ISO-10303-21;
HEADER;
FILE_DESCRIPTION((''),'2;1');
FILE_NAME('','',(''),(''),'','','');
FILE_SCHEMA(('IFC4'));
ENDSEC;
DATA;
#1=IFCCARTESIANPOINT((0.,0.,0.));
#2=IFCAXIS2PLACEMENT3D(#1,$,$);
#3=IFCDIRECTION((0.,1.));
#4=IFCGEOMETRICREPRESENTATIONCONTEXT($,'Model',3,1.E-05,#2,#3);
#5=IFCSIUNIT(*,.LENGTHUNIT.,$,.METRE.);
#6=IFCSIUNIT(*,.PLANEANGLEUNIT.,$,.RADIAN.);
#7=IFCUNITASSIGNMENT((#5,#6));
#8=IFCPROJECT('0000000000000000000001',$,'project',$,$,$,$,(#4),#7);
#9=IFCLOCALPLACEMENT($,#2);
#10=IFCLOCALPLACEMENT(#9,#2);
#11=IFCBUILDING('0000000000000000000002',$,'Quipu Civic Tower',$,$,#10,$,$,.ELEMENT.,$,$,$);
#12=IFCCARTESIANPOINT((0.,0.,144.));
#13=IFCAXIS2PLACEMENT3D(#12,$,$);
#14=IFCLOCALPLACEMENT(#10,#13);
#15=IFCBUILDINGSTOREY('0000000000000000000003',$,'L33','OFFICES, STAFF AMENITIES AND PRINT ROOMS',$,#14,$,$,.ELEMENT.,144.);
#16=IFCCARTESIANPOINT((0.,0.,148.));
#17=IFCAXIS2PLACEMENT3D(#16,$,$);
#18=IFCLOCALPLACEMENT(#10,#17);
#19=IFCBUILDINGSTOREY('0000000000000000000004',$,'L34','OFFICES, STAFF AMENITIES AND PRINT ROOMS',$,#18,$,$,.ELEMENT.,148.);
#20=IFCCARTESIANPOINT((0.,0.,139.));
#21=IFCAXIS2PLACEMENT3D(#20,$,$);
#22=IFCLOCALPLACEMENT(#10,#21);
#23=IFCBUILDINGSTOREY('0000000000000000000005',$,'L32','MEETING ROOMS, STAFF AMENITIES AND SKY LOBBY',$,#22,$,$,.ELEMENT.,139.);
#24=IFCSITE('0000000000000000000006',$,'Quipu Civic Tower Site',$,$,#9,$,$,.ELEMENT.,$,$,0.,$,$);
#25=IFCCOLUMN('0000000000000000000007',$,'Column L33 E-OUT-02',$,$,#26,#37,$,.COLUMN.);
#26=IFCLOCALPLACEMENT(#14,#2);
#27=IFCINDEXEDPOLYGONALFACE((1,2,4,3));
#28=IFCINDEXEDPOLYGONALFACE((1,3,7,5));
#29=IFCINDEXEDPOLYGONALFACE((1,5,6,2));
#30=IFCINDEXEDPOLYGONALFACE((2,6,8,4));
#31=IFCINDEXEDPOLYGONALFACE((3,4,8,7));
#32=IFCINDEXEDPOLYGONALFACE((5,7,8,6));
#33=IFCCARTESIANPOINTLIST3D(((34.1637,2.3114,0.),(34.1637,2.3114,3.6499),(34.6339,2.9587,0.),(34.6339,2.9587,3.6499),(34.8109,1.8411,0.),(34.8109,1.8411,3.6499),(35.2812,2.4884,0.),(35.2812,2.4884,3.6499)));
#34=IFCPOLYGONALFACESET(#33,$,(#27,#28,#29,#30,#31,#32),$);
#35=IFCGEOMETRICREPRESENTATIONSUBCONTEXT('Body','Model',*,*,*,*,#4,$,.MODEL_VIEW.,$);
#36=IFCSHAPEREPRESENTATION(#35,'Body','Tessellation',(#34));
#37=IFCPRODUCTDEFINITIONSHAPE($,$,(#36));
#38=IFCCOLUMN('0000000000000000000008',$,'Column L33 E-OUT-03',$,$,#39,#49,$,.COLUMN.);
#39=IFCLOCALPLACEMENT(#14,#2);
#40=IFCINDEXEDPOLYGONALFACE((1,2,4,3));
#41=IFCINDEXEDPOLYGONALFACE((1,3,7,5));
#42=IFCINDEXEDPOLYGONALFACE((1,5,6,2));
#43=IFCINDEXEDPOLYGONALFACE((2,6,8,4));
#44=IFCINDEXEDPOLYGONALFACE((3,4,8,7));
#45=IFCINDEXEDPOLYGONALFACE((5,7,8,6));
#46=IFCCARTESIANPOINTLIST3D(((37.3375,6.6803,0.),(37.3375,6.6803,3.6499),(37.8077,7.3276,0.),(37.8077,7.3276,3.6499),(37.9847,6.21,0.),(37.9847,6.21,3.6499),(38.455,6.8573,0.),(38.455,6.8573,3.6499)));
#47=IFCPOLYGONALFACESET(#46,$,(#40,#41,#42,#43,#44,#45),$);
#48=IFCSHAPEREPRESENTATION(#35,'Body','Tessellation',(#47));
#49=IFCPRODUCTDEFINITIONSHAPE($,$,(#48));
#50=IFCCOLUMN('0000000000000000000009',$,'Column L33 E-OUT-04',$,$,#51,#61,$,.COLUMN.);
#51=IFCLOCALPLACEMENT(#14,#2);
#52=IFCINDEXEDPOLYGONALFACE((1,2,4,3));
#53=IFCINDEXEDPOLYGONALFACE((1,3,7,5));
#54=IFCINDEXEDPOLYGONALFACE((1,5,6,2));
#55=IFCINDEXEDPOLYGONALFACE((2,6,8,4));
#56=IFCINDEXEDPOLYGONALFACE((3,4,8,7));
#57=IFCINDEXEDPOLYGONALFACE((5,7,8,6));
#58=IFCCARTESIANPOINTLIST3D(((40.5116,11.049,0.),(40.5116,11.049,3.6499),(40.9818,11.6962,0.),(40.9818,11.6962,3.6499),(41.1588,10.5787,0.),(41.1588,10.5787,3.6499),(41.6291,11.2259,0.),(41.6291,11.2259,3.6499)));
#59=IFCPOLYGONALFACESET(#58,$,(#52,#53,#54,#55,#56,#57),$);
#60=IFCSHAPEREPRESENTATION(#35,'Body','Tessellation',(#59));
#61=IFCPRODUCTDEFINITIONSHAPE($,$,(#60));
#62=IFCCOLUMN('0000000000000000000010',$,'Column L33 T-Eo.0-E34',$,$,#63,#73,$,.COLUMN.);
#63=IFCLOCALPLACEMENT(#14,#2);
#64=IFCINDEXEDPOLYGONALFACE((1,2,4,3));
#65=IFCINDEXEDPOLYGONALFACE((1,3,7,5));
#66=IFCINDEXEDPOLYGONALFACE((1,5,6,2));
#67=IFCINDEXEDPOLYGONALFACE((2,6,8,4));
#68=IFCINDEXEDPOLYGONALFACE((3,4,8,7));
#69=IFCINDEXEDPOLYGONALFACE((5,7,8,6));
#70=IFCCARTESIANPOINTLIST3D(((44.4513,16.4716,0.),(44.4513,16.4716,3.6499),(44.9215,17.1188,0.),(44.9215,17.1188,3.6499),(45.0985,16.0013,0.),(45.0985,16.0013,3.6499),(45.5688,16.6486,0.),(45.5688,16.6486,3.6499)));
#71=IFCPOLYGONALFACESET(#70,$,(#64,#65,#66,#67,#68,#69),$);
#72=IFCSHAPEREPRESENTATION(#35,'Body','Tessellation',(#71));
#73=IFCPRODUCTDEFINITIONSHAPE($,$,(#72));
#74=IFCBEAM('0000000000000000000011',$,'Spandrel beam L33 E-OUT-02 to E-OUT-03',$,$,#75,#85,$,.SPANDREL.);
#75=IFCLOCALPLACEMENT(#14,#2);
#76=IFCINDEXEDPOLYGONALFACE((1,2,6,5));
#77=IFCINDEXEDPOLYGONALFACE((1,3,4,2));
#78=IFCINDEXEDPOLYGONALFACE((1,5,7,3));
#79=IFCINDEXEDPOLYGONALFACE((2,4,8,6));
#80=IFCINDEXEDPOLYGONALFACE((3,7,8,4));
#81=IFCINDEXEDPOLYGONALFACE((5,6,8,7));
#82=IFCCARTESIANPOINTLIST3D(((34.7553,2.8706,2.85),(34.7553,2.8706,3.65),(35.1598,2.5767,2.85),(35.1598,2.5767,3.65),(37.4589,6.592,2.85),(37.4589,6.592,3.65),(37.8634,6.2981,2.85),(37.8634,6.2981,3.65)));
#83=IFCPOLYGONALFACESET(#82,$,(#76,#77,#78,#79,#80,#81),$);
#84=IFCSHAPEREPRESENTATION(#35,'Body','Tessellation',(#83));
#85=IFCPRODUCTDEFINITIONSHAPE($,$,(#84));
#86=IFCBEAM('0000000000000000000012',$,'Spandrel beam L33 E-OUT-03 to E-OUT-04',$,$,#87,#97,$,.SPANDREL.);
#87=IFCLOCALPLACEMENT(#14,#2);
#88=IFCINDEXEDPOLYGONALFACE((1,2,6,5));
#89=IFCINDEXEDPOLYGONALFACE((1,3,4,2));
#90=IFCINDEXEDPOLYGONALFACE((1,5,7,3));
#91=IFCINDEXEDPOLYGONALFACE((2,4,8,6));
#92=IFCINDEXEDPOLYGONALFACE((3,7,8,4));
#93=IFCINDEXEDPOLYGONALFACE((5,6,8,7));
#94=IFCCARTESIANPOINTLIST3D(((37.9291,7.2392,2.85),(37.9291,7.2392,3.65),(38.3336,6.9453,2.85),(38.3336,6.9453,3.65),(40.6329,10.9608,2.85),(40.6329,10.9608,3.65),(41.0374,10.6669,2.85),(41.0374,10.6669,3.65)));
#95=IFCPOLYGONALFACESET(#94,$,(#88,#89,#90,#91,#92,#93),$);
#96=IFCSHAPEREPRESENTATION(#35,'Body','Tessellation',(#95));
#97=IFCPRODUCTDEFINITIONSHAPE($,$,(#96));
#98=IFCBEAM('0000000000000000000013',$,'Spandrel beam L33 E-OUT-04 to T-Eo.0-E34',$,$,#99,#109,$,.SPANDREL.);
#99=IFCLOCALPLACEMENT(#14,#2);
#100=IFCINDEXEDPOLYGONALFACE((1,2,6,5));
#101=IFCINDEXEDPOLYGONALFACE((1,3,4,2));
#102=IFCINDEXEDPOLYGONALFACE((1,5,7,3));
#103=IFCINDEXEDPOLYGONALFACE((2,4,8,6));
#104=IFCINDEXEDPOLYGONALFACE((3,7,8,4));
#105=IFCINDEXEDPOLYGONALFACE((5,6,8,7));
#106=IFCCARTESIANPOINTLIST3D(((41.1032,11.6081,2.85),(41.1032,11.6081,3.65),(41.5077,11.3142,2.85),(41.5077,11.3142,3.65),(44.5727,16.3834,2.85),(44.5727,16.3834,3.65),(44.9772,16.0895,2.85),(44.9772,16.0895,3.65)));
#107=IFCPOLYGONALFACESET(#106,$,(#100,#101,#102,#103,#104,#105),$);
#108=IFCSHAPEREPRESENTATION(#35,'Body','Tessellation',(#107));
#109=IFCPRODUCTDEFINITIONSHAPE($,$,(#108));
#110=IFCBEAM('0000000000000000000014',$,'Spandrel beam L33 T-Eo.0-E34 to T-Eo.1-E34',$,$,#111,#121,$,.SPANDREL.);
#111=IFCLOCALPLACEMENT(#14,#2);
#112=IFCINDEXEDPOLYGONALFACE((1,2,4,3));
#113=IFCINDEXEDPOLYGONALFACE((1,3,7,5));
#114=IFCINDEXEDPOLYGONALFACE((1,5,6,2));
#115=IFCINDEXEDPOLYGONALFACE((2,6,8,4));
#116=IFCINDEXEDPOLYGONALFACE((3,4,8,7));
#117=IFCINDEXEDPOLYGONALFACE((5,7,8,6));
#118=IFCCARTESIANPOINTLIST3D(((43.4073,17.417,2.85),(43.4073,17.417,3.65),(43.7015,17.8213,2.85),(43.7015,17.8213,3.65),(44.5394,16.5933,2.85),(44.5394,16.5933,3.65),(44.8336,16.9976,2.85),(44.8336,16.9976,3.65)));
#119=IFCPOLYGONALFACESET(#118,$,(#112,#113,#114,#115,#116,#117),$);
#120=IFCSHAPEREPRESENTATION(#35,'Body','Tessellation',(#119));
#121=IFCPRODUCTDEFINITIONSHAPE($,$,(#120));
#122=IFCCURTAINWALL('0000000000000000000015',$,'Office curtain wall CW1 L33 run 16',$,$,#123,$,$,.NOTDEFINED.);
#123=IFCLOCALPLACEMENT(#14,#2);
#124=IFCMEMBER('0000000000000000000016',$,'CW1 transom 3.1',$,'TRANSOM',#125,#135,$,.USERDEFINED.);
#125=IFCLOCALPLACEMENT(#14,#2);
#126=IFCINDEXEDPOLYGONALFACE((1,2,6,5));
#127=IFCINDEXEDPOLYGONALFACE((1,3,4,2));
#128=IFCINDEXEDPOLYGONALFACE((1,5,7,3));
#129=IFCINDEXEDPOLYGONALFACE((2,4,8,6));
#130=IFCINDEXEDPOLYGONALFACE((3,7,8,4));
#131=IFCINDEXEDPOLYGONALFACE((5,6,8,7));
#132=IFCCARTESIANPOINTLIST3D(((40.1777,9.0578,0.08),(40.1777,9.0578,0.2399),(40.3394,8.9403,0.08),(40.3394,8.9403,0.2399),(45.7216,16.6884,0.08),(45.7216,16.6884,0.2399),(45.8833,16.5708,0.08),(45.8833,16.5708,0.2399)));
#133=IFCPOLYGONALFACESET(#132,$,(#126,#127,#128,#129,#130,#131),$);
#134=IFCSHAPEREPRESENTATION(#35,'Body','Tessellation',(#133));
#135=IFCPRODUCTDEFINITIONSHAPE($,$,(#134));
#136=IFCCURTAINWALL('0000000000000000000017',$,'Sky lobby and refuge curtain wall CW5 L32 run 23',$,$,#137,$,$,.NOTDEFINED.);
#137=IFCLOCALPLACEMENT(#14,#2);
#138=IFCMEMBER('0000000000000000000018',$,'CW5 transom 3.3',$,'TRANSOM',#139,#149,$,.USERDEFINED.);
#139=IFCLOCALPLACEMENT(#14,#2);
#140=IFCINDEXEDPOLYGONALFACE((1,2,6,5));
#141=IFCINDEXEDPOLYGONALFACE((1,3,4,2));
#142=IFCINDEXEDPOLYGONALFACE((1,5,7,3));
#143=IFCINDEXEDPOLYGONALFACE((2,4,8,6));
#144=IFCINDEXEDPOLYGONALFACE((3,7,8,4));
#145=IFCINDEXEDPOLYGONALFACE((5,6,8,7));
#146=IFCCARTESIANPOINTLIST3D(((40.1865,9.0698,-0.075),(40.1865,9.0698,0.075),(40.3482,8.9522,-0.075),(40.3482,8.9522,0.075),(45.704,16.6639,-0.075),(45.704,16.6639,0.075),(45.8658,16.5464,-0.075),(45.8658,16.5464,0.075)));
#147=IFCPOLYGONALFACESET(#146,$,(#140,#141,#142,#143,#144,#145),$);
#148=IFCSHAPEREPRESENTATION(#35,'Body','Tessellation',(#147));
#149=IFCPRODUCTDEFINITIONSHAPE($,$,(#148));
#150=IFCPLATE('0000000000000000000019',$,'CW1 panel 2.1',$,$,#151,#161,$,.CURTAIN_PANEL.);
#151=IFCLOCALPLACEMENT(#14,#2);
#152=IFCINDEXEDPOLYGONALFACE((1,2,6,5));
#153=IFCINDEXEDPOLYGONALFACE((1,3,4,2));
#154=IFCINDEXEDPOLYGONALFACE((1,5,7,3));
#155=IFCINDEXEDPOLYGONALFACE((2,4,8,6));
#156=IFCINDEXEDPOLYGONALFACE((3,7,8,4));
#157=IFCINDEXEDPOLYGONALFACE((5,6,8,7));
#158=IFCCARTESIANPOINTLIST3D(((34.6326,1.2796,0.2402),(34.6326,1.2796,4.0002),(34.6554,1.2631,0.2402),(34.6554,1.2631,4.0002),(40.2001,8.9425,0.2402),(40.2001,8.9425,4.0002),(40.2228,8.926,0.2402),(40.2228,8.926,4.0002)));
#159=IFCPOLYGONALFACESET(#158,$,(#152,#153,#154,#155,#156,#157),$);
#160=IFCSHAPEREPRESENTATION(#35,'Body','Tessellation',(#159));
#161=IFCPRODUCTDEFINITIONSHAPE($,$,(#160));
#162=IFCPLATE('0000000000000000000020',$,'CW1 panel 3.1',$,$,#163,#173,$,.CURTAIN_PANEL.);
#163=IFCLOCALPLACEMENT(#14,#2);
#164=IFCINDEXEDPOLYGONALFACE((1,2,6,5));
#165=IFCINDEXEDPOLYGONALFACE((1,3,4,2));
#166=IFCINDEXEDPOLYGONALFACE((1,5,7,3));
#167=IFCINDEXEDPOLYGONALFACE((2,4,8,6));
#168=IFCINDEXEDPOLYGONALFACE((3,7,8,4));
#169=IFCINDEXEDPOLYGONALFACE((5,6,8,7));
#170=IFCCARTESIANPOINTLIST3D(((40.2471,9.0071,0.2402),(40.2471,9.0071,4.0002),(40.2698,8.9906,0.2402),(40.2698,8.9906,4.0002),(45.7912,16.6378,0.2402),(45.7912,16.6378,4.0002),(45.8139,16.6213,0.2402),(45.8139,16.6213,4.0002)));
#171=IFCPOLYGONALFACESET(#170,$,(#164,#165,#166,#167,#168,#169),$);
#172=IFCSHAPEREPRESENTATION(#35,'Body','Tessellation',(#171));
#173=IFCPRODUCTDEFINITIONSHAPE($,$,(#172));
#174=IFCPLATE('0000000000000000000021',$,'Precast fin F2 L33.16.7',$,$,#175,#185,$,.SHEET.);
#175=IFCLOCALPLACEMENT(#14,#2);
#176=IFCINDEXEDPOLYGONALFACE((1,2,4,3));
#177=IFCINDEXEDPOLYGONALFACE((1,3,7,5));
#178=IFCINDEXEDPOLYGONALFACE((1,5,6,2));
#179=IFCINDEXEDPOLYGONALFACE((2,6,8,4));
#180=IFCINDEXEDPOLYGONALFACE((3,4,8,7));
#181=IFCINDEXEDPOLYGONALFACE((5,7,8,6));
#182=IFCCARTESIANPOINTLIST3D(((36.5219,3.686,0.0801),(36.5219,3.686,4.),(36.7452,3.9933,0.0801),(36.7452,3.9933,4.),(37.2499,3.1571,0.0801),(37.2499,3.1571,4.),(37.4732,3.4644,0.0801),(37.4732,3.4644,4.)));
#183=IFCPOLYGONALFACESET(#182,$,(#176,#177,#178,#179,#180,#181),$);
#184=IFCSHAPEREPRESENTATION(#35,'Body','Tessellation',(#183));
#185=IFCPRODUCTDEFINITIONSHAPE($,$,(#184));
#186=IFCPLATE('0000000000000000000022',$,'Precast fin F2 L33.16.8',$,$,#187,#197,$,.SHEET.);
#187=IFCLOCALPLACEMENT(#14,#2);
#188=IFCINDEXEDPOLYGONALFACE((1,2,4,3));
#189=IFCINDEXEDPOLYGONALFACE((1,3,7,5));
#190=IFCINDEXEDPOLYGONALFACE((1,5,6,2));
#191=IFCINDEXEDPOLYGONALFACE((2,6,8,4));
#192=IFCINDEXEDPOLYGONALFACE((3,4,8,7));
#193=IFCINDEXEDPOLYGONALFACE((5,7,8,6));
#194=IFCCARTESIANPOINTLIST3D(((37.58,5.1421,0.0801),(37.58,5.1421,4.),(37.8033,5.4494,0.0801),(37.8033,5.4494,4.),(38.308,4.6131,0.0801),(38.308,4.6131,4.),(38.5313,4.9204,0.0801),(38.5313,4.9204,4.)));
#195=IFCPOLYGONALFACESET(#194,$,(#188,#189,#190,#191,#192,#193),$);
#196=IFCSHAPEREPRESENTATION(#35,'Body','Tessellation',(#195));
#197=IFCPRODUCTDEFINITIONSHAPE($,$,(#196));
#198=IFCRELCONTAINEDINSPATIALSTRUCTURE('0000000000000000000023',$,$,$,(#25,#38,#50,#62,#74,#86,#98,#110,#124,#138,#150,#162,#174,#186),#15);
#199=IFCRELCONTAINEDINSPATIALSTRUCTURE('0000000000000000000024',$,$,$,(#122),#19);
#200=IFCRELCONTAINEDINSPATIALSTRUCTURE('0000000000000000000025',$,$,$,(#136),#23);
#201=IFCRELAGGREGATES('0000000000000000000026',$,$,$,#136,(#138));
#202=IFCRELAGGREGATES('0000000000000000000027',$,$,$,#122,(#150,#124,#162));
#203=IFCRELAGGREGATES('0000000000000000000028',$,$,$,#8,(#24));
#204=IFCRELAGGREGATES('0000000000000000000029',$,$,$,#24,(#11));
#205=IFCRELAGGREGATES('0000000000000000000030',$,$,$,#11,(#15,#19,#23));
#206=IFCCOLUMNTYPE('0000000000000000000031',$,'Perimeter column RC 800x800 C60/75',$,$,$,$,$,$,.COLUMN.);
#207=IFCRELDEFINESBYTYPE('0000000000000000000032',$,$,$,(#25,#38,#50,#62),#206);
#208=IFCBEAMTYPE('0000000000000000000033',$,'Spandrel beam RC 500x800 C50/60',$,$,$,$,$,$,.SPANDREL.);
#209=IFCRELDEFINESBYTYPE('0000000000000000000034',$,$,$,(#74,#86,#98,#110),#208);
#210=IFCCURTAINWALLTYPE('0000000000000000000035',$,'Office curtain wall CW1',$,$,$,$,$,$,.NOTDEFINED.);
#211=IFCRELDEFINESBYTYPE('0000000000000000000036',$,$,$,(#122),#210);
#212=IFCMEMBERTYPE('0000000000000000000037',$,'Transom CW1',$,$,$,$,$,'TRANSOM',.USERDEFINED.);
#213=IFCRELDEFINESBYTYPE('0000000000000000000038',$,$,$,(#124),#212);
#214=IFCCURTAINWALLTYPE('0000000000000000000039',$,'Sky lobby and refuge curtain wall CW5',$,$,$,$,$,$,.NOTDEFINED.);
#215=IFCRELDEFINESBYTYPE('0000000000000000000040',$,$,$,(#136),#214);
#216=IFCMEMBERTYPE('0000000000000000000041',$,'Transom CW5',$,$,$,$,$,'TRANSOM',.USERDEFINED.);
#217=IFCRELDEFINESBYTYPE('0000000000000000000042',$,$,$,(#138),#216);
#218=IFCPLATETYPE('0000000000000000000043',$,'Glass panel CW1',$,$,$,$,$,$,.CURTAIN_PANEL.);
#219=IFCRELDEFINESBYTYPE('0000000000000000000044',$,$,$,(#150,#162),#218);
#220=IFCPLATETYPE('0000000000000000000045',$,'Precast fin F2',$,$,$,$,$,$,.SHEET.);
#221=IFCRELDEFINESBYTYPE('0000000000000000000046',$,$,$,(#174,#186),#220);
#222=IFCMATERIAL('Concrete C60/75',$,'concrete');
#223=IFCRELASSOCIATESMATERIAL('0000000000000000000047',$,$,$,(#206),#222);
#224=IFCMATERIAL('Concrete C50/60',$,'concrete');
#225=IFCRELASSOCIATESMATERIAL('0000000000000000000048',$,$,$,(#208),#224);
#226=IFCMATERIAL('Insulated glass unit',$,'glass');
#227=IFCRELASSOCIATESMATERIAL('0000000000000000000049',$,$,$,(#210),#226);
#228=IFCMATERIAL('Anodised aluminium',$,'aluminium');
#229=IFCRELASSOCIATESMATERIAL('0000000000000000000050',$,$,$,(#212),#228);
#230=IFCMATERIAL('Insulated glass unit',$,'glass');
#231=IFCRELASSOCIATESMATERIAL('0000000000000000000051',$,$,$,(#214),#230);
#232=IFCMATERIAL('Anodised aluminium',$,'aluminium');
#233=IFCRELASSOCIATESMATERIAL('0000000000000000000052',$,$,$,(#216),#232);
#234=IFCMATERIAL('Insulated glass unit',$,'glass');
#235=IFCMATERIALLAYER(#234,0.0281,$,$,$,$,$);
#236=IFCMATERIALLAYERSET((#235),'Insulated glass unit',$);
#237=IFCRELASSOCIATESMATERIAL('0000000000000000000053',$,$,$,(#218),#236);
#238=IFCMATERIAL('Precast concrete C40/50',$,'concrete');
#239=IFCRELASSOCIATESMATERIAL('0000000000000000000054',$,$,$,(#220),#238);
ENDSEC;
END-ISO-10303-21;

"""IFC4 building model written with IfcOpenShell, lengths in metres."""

from ifc_helpers import new_model, si_unit, direction, frame, origin, origin_2d, place, context, subcontext, project, spatial, rectangle, extrude, material, layer, layer_set, material_profile, profile_set, type_object, element, aggregate, save


model = new_model("IFC4")

# Units and contexts
model_context = context("Model", 3, precision=1e-05, world=origin(), true_north=direction((0.0, 1.0)))
body_context = subcontext(model_context, "Body", "Model", "MODEL_VIEW")
ifc_project = project(units=[si_unit("LENGTHUNIT", "METRE"), si_unit("PLANEANGLEUNIT", "RADIAN")], contexts=[model_context])

# Site, building, storey
site_placement = place(None, origin())
site = spatial("IfcSite", under=ifc_project, at=site_placement, Name="Quipu Civic Tower Site", CompositionType="ELEMENT", RefElevation=0.0)
building_placement = place(site_placement, origin())
building = spatial("IfcBuilding", under=site, at=building_placement, Name="Quipu Civic Tower", CompositionType="ELEMENT")
storey_1_placement = place(building_placement, frame((0.0, 0.0, 144.0)))
storey_1 = spatial("IfcBuildingStorey", under=building, at=storey_1_placement, Name="L33", Description="OFFICES, STAFF AMENITIES AND PRINT ROOMS", CompositionType="ELEMENT", Elevation=144.0)

# Columns
ifc_material_1 = material(Name="Concrete C60/75", Category="concrete")
ifc_material_profile_1 = material_profile(ifc_material_1, rectangle(XDim=0.8, YDim=0.8, at=origin_2d()), Name="RC800x800")
ifc_profile_set_1 = profile_set([ifc_material_profile_1], Name="Concrete C60/75")
column_type = type_object("IfcColumnType", Name="Perimeter column RC 800x800 C60/75", PredefinedType="COLUMN", material=ifc_profile_set_1)
for number, where, z_axis, x_axis, name in (
    (1, (34.7224, 2.3999, 0.0), (0.0, 0.0, 1.0), (0.587785, 0.809017, 0.0), "Column L33 E-OUT-02"),
    (2, (37.8962, 6.7688, 0.0), (0.0, 0.0, 1.0), (0.587785, 0.809017, 0.0), "Column L33 E-OUT-03"),
    (3, (41.0703, 11.1375, 0.0), (0.0, 0.0, 1.0), (0.587785, 0.809017, 0.0), "Column L33 E-OUT-04"),
    (4, (45.01, 16.5601, 0.0), (0.0, 0.0, 1.0), (0.587785, 0.809017, 0.0), "Column L33 T-Eo.0-E34"),
):
    element("IfcColumn", number, at=place(storey_1_placement, frame(where, z_axis=z_axis, x_axis=x_axis)), inside=storey_1, type_object=column_type, Name=name, PredefinedType="COLUMN", context=body_context, shape_type="SweptSolid", body=[
        extrude(rectangle(XDim=0.8, YDim=0.8, at=origin_2d()), origin(), (0.0, 0.0, 1.0), 3.6499),
    ])

# Beams
ifc_material_2 = material(Name="Concrete C50/60", Category="concrete")
ifc_material_profile_2 = material_profile(ifc_material_2, rectangle(XDim=0.5, YDim=0.8, at=origin_2d()), Name="RC500x800")
ifc_profile_set_2 = profile_set([ifc_material_profile_2], Name="Concrete C50/60")
beam_type = type_object("IfcBeamType", Name="Spandrel beam RC 500x800 C50/60", PredefinedType="SPANDREL", material=ifc_profile_set_2)
beam_1_placement = place(storey_1_placement, frame((34.9575, 2.7236, 3.25), z_axis=(0.587761, 0.809034, 0.0), x_axis=(-0.809034, 0.587761, 0.0)))
element("IfcBeam", 5, at=beam_1_placement, inside=storey_1, type_object=beam_type, Name="Spandrel beam L33 E-OUT-02 to E-OUT-03", PredefinedType="SPANDREL", context=body_context, shape_type="SweptSolid", body=[
    extrude(rectangle(XDim=0.5, YDim=0.8, at=origin_2d()), origin(), (0.0, 0.0, 1.0), 4.5999),
])
beam_2_placement = place(storey_1_placement, frame((38.1313, 7.0923, 3.25), z_axis=(0.587771, 0.809027, 0.0), x_axis=(-0.809027, 0.587771, 0.0)))
element("IfcBeam", 6, at=beam_2_placement, inside=storey_1, type_object=beam_type, Name="Spandrel beam L33 E-OUT-03 to E-OUT-04", PredefinedType="SPANDREL", context=body_context, shape_type="SweptSolid", body=[
    extrude(rectangle(XDim=0.5, YDim=0.8, at=origin_2d()), origin(), (0.0, 0.0, 1.0), 4.6001),
])
beam_3_placement = place(storey_1_placement, frame((41.3054, 11.4612, 3.25), z_axis=(0.5878, 0.809006, 0.0), x_axis=(-0.809006, 0.5878, 0.0)))
element("IfcBeam", 7, at=beam_3_placement, inside=storey_1, type_object=beam_type, Name="Spandrel beam L33 E-OUT-04 to T-Eo.0-E34", PredefinedType="SPANDREL", context=body_context, shape_type="SweptSolid", body=[
    extrude(rectangle(XDim=0.5, YDim=0.8, at=origin_2d()), origin(), (0.0, 0.0, 1.0), 5.9026),
])
beam_4_placement = place(storey_1_placement, frame((44.6865, 16.7954, 3.25), z_axis=(-0.8086, 0.588358, 0.0), x_axis=(-0.588358, -0.8086, 0.0)))
element("IfcBeam", 8, at=beam_4_placement, inside=storey_1, type_object=beam_type, Name="Spandrel beam L33 T-Eo.0-E34 to T-Eo.1-E34", PredefinedType="SPANDREL", context=body_context, shape_type="SweptSolid", body=[
    extrude(rectangle(XDim=0.5, YDim=0.8, at=origin_2d()), origin(), (0.0, 0.0, 1.0), 1.4001),
])

# Shared definitions
storey_2_placement = place(building_placement, frame((0.0, 0.0, 148.0)))
storey_2 = spatial("IfcBuildingStorey", under=building, at=storey_2_placement, Name="L34", Description="OFFICES, STAFF AMENITIES AND PRINT ROOMS", CompositionType="ELEMENT", Elevation=148.0)

# Curtain wall, member
ifc_material_3 = material(Name="Insulated glass unit", Category="glass")
curtain_wall_type_1 = type_object("IfcCurtainWallType", Name="Office curtain wall CW1", PredefinedType="NOTDEFINED", material=ifc_material_3)
curtain_wall_1_placement = place(storey_2_placement, origin())
curtain_wall_1 = element("IfcCurtainWall", 9, at=curtain_wall_1_placement, inside=storey_2, type_object=curtain_wall_type_1, Name="Office curtain wall CW1 L33 run 16", PredefinedType="NOTDEFINED")
ifc_material_4 = material(Name="Anodised aluminium", Category="aluminium")
ifc_material_profile_3 = material_profile(ifc_material_4, rectangle(XDim=0.2, YDim=0.1599, at=origin_2d()), Name="RECT 200x160")
ifc_profile_set_3 = profile_set([ifc_material_profile_3], Name="Anodised aluminium")
member_type_1 = type_object("IfcMemberType", Name="Transom CW1", ElementType="TRANSOM", PredefinedType="USERDEFINED", material=ifc_profile_set_3)
member_1_placement = place(storey_1_placement, frame((40.2585, 8.999, 0.1599), z_axis=(0.587784, 0.809018, 0.0), x_axis=(-0.809018, 0.587784, 0.0)))
member_1 = element("IfcMember", 10, at=member_1_placement, inside=storey_1, type_object=member_type_1, Name="CW1 transom 3.1", ObjectType="TRANSOM", PredefinedType="USERDEFINED", context=body_context, shape_type="SweptSolid", body=[
    extrude(rectangle(XDim=0.2, YDim=0.1599, at=origin_2d()), origin(), (0.0, 0.0, 1.0), 9.4319),
])

# Shared definitions
storey_3_placement = place(building_placement, frame((0.0, 0.0, 139.0)))
storey_3 = spatial("IfcBuildingStorey", under=building, at=storey_3_placement, Name="L32", Description="MEETING ROOMS, STAFF AMENITIES AND SKY LOBBY", CompositionType="ELEMENT", Elevation=139.0)

# Curtain wall, member
ifc_material_5 = material(Name="Insulated glass unit", Category="glass")
curtain_wall_type_2 = type_object("IfcCurtainWallType", Name="Sky lobby and refuge curtain wall CW5", PredefinedType="NOTDEFINED", material=ifc_material_5)
curtain_wall_2_placement = place(storey_3_placement, origin())
curtain_wall_2 = element("IfcCurtainWall", 11, at=curtain_wall_2_placement, inside=storey_3, type_object=curtain_wall_type_2, Name="Sky lobby and refuge curtain wall CW5 L32 run 23", PredefinedType="NOTDEFINED")
ifc_material_6 = material(Name="Anodised aluminium", Category="aluminium")
ifc_material_profile_4 = material_profile(ifc_material_6, rectangle(XDim=0.2, YDim=0.1499, at=origin_2d()), Name="RECT 200x150")
ifc_profile_set_4 = profile_set([ifc_material_profile_4], Name="Anodised aluminium")
member_type_2 = type_object("IfcMemberType", Name="Transom CW5", ElementType="TRANSOM", PredefinedType="USERDEFINED", material=ifc_profile_set_4)
member_2_placement = place(storey_1_placement, frame((40.2673, 9.011, 0.0), z_axis=(0.587788, 0.809015, 0.0), x_axis=(-0.809015, 0.587788, 0.0)))
member_2 = element("IfcMember", 12, at=member_2_placement, inside=storey_1, type_object=member_type_2, Name="CW5 transom 3.3", ObjectType="TRANSOM", PredefinedType="USERDEFINED", context=body_context, shape_type="SweptSolid", body=[
    extrude(rectangle(XDim=0.2, YDim=0.1499, at=origin_2d()), origin(), (0.0, 0.0, 1.0), 9.387),
])
aggregate(curtain_wall_2, [member_2])

# Plates
ifc_material_7 = material(Name="Insulated glass unit", Category="glass")
ifc_layer_1 = layer(ifc_material_7, 0.0281)
ifc_layer_set_1 = layer_set([ifc_layer_1], Name="Insulated glass unit")
plate_type_1 = type_object("IfcPlateType", Name="Glass panel CW1", PredefinedType="CURTAIN_PANEL", material=ifc_layer_set_1)
plate_1_placement = place(storey_1_placement, frame((37.4277, 5.1028, 0.2402), z_axis=(0.0, 0.0, 1.0), x_axis=(0.587786, 0.809017, 0.0)))
plate_1 = element("IfcPlate", 13, at=plate_1_placement, inside=storey_1, type_object=plate_type_1, Name="CW1 panel 2.1", PredefinedType="CURTAIN_PANEL", context=body_context, shape_type="SweptSolid", body=[
    extrude(rectangle(XDim=9.4719, YDim=0.0281, at=origin_2d()), origin(), (0.0, 0.0, 1.0), 3.76),
])
plate_2_placement = place(storey_1_placement, frame((43.0305, 12.8142, 0.2402), z_axis=(0.0, 0.0, 1.0), x_axis=(0.587786, 0.809017, 0.0)))
plate_2 = element("IfcPlate", 14, at=plate_2_placement, inside=storey_1, type_object=plate_type_1, Name="CW1 panel 3.1", PredefinedType="CURTAIN_PANEL", context=body_context, shape_type="SweptSolid", body=[
    extrude(rectangle(XDim=9.4321, YDim=0.0281, at=origin_2d()), origin(), (0.0, 0.0, 1.0), 3.76),
])
aggregate(curtain_wall_1, [plate_1, member_1, plate_2])

# Plates
ifc_material_8 = material(Name="Precast concrete C40/50", Category="concrete")
plate_type_2 = type_object("IfcPlateType", Name="Precast fin F2", PredefinedType="SHEET", material=ifc_material_8)
for number, where, z_axis, x_axis, name in (
    (15, (36.9976, 3.5752, 0.0801), (0.0, 0.0, 1.0), (0.587786, 0.809017, 0.0), "Precast fin F2 L33.16.7"),
    (16, (38.0557, 5.0312, 0.0801), (0.0, 0.0, 1.0), (0.587786, 0.809017, 0.0), "Precast fin F2 L33.16.8"),
):
    element("IfcPlate", number, at=place(storey_1_placement, frame(where, z_axis=z_axis, x_axis=x_axis)), inside=storey_1, type_object=plate_type_2, Name=name, PredefinedType="SHEET", context=body_context, shape_type="SweptSolid", body=[
        extrude(rectangle(XDim=0.3799, YDim=0.8999, at=origin_2d()), origin(), (0.0, 0.0, 1.0), 3.9199),
    ])

save(model, "model.ifc")
